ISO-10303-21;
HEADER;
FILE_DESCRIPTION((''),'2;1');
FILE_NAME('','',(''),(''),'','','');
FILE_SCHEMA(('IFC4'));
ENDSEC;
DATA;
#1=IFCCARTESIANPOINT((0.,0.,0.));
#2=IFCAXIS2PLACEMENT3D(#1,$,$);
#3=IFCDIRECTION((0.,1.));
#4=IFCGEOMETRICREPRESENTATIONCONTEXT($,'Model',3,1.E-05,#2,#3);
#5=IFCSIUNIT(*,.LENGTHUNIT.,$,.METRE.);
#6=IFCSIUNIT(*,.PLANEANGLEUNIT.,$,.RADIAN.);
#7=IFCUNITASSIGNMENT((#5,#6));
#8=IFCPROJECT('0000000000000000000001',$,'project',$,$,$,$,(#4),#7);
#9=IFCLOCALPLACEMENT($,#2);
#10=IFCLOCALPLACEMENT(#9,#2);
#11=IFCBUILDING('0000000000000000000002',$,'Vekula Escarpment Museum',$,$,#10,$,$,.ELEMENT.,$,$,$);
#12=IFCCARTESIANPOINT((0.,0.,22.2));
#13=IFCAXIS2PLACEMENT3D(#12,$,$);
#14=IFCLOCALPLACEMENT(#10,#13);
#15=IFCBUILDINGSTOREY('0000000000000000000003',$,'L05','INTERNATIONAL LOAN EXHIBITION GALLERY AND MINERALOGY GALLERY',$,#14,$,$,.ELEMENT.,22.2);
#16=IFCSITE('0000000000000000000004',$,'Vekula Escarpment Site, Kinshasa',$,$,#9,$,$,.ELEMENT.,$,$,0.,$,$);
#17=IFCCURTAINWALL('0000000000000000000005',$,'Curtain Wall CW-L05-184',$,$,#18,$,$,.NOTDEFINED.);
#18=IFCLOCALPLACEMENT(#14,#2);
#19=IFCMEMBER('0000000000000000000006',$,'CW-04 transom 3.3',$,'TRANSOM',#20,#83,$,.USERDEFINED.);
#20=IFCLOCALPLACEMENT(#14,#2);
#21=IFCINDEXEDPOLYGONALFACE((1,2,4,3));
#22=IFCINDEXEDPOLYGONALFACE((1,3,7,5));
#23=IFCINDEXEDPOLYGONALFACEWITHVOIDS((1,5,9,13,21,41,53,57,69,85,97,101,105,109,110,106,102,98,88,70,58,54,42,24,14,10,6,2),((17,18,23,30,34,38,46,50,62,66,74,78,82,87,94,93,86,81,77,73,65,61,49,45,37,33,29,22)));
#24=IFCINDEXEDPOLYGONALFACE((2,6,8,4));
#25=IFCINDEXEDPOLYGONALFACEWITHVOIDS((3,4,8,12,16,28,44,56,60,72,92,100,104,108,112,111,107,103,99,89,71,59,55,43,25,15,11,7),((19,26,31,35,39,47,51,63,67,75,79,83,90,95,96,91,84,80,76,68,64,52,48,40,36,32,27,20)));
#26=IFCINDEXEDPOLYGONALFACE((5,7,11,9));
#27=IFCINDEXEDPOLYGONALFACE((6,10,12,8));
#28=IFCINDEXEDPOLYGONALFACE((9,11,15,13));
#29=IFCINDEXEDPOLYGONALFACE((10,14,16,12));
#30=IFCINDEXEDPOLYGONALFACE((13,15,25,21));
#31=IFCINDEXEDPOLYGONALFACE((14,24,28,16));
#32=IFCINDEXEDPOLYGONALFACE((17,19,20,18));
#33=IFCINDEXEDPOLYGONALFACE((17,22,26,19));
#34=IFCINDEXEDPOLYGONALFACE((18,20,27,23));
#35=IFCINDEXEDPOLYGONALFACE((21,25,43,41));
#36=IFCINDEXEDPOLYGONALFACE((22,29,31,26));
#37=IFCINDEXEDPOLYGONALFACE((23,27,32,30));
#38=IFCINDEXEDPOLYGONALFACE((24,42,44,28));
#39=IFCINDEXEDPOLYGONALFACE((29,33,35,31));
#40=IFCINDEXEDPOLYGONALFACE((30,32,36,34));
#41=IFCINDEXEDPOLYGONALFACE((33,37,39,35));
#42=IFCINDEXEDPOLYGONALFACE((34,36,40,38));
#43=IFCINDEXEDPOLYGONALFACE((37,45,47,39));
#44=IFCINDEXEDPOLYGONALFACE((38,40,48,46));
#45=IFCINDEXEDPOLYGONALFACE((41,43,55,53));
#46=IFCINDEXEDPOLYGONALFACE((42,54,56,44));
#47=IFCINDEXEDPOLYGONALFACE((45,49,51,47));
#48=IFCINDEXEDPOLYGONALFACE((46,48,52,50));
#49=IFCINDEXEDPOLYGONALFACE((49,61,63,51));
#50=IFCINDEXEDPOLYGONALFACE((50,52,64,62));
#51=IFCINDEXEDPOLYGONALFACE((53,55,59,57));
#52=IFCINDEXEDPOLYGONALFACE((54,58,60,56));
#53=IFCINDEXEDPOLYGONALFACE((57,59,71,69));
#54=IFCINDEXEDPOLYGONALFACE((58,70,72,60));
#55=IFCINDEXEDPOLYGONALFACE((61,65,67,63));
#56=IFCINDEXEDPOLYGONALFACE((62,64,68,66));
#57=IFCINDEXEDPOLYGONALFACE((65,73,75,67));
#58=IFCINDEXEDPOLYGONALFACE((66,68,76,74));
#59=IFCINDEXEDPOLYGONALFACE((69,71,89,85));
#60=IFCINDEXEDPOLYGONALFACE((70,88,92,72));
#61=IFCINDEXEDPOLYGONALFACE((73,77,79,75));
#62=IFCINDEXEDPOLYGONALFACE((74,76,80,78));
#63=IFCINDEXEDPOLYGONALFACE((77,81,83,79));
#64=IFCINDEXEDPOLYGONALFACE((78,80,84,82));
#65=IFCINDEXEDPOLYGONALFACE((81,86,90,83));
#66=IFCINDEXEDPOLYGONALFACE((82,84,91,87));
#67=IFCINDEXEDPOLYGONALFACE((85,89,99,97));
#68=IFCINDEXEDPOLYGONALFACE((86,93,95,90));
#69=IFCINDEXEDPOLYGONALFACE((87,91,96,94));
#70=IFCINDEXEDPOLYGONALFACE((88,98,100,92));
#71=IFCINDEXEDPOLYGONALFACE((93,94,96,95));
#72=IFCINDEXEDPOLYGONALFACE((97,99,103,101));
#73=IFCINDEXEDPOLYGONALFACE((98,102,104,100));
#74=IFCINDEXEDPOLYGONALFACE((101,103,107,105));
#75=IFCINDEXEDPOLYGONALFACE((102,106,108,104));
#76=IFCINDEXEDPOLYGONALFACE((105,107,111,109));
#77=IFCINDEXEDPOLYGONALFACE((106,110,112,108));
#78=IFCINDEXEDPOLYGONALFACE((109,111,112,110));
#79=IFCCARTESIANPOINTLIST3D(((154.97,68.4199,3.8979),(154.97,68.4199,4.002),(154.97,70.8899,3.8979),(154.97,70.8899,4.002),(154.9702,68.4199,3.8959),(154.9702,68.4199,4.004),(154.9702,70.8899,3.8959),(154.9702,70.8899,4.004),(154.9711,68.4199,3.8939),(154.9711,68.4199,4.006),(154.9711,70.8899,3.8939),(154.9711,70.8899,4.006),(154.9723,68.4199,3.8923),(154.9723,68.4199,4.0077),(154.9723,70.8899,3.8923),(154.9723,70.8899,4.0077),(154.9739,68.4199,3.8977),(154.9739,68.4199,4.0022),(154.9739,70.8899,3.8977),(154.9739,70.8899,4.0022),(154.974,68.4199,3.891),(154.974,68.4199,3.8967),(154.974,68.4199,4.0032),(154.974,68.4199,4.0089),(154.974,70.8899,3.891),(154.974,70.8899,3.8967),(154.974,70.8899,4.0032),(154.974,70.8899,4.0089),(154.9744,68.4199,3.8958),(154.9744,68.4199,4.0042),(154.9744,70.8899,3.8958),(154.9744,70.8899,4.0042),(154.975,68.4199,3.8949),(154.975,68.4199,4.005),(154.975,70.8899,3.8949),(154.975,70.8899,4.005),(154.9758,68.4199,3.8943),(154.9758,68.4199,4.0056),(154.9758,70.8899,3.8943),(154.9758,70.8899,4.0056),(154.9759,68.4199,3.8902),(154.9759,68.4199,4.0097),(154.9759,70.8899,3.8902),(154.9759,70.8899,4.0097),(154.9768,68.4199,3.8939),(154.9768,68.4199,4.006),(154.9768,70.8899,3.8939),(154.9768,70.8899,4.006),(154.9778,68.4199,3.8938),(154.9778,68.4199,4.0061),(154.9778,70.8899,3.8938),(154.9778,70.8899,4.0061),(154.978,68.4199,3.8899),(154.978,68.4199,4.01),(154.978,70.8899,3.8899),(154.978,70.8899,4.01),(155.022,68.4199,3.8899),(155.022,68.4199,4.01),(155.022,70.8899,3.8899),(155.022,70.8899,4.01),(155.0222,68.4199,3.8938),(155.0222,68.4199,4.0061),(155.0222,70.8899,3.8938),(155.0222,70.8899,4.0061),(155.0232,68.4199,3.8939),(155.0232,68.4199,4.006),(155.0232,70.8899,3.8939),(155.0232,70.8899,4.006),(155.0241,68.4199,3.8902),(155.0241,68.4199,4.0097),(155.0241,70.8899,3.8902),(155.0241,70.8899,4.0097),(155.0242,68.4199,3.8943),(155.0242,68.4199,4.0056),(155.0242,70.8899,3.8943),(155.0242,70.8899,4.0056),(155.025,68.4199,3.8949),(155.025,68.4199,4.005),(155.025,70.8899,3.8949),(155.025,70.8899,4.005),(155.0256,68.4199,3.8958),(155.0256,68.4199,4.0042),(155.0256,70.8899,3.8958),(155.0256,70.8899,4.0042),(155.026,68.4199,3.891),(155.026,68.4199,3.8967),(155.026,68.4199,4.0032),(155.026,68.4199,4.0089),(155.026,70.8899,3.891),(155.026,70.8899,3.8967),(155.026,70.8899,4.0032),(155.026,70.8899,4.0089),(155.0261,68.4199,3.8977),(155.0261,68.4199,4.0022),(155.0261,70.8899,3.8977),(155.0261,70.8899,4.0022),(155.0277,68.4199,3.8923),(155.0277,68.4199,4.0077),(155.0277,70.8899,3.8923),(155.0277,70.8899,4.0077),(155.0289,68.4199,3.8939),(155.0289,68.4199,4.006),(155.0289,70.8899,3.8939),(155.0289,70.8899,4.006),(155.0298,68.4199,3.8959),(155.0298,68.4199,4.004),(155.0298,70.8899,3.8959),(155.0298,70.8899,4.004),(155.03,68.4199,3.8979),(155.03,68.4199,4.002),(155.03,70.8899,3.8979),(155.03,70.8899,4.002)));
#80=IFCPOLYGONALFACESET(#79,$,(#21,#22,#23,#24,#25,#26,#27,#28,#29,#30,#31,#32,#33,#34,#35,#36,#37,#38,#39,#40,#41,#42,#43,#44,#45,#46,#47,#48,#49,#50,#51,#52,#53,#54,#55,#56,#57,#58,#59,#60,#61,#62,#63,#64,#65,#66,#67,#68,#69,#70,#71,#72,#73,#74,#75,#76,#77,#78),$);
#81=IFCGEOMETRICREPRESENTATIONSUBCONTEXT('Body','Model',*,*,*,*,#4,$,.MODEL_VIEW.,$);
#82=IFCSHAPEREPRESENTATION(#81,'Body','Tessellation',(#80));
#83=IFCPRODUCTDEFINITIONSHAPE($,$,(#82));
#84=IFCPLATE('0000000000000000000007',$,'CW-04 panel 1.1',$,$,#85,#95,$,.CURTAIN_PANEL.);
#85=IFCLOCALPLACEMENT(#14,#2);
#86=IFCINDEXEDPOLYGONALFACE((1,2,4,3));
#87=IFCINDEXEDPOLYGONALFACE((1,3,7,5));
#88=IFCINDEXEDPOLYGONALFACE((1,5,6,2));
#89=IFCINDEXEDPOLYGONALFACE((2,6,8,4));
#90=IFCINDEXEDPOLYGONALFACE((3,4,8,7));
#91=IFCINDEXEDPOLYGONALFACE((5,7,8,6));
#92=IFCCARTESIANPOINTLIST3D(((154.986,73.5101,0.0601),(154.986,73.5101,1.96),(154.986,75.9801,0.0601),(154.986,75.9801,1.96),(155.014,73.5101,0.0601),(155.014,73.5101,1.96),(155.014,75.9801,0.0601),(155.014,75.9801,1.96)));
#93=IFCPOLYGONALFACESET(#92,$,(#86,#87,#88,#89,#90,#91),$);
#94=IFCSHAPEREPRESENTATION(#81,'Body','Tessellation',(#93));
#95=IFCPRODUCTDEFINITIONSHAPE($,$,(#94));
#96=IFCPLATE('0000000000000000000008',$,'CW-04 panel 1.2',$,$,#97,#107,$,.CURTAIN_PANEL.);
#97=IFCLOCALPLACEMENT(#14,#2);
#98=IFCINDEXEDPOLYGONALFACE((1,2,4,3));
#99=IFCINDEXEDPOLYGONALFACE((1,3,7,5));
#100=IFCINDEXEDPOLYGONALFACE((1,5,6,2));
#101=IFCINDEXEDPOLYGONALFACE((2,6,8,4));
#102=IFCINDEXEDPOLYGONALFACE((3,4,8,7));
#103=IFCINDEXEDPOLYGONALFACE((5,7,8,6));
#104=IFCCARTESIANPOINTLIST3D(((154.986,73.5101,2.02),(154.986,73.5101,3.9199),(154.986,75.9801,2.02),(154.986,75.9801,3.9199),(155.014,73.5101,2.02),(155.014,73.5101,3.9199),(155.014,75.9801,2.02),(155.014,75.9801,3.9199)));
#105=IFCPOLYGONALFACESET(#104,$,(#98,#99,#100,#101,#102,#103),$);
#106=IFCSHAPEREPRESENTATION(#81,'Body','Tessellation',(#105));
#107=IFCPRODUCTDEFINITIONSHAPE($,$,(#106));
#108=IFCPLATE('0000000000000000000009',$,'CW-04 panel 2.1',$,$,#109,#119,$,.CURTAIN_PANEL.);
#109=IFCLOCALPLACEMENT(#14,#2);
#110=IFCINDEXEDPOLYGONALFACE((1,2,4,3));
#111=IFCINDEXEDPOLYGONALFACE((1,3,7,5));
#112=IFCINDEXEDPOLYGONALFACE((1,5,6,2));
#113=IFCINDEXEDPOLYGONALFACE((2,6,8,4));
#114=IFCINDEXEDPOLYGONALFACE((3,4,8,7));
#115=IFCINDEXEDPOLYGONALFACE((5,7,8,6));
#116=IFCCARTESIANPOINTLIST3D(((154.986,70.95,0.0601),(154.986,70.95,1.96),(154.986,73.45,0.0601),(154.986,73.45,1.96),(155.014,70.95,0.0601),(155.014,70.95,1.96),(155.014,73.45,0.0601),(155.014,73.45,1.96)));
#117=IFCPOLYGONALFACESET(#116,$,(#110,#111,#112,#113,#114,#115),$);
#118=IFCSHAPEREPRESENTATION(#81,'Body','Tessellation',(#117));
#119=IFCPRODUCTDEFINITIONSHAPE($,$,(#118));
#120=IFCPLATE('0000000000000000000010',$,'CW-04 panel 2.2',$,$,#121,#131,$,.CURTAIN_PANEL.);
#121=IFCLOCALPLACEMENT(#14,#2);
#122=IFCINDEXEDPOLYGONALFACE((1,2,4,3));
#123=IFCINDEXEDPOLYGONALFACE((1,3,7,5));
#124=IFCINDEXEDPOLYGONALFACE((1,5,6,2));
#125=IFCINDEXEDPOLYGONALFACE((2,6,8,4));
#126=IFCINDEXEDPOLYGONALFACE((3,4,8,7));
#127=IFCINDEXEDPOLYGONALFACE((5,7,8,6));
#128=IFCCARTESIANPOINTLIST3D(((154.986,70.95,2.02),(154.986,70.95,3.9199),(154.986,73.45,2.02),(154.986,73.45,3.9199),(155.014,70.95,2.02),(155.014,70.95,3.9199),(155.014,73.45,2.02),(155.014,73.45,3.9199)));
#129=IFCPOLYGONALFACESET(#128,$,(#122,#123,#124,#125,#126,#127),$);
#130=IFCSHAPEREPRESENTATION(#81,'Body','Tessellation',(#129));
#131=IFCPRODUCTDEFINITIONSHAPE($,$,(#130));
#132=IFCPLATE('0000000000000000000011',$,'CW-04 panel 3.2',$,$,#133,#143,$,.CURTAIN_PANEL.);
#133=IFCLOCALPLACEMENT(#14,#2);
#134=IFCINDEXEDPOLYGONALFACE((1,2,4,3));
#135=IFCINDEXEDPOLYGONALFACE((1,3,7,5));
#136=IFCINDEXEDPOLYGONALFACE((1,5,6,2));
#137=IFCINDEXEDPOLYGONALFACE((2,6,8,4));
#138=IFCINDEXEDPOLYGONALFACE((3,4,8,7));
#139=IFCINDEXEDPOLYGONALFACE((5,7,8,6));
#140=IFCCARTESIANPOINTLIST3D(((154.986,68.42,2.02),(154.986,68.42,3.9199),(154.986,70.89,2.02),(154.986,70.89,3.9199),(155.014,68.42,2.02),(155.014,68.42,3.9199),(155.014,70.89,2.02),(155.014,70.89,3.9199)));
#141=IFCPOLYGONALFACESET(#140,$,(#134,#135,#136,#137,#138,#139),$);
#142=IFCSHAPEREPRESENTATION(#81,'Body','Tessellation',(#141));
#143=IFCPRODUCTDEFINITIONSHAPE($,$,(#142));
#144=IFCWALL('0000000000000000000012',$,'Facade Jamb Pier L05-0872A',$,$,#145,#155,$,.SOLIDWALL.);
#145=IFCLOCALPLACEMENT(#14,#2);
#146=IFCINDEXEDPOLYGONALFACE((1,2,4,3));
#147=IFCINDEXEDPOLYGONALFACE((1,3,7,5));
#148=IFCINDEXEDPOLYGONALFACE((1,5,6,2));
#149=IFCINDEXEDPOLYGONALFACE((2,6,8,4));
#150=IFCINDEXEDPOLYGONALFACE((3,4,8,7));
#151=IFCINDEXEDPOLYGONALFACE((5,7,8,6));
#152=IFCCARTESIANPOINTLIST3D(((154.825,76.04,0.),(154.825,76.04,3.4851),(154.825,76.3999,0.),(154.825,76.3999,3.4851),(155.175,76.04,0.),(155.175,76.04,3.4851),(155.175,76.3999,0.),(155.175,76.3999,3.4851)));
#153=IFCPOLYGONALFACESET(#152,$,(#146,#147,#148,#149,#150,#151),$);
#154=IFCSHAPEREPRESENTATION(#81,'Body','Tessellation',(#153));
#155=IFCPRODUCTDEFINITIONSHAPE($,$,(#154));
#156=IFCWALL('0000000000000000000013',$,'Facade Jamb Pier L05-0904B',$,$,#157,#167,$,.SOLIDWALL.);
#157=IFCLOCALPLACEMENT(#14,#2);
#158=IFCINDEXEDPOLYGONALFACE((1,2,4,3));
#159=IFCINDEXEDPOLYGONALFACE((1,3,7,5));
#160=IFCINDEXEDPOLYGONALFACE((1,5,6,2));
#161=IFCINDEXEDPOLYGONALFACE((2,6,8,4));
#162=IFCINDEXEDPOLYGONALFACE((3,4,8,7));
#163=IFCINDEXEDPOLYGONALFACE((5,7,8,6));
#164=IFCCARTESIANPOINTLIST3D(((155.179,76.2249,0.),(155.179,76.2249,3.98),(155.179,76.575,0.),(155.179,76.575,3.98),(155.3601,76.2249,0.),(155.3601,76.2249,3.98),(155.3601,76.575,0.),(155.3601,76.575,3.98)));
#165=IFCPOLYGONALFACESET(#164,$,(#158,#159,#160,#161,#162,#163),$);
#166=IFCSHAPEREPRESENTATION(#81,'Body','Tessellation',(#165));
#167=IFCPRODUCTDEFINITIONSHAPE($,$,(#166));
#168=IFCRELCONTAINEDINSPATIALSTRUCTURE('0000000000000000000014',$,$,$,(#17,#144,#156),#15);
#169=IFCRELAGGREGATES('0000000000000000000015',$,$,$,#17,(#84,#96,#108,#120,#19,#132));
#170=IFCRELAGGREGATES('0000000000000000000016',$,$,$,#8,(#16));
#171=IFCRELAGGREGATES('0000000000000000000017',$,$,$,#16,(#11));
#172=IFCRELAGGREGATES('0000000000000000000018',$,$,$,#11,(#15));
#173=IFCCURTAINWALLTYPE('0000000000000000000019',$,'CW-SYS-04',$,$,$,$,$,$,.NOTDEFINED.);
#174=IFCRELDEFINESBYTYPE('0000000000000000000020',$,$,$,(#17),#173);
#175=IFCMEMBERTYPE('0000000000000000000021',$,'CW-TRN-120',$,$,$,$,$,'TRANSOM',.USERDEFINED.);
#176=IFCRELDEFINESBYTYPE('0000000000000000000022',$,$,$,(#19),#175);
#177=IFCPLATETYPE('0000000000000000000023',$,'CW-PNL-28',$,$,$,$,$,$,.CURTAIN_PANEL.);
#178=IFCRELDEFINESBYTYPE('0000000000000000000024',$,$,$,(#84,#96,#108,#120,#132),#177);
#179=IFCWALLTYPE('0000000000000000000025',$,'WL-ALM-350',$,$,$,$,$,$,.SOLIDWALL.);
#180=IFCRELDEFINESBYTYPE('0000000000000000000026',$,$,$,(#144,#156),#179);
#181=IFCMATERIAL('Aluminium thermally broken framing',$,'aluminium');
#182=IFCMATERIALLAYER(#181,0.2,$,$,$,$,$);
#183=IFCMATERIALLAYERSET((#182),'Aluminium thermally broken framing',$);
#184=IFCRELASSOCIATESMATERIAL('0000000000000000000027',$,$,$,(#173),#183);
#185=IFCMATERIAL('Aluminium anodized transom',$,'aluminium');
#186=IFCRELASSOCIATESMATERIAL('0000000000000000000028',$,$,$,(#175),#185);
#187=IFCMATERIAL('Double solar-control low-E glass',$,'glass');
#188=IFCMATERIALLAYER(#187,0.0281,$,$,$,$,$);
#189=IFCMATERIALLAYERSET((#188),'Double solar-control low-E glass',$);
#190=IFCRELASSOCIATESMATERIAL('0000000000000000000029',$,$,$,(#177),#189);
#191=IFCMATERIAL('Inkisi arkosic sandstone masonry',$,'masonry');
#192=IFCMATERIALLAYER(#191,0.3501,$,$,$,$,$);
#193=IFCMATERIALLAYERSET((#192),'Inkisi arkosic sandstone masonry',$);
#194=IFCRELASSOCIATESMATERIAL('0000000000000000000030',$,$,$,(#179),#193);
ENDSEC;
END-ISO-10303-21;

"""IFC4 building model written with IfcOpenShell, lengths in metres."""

from ifc_helpers import new_model, si_unit, direction, frame, frame_2d, origin, origin_2d, place, context, subcontext, project, spatial, rectangle, hollow_rectangle, extrude, material, layer, layer_set, material_profile, profile_set, type_object, element, aggregate, save


model = new_model("IFC4")

# Units and contexts
model_context = context("Model", 3, precision=1e-05, world=origin(), true_north=direction((0.0, 1.0)))
body_context = subcontext(model_context, "Body", "Model", "MODEL_VIEW")
ifc_project = project(units=[si_unit("LENGTHUNIT", "METRE"), si_unit("PLANEANGLEUNIT", "RADIAN")], contexts=[model_context])

# Site, building, storey
site_placement = place(None, origin())
site = spatial("IfcSite", under=ifc_project, at=site_placement, Name="Vekula Escarpment Site, Kinshasa", CompositionType="ELEMENT", RefElevation=0.0)
building_placement = place(site_placement, origin())
building = spatial("IfcBuilding", under=site, at=building_placement, Name="Vekula Escarpment Museum", CompositionType="ELEMENT")
storey_placement = place(building_placement, frame((0.0, 0.0, 22.2)))
storey = spatial("IfcBuildingStorey", under=building, at=storey_placement, Name="L05", Description="INTERNATIONAL LOAN EXHIBITION GALLERY AND MINERALOGY GALLERY", CompositionType="ELEMENT", Elevation=22.2)

# Curtain wall, member, plates
ifc_material_1 = material(Name="Aluminium thermally broken framing", Category="aluminium")
ifc_layer_1 = layer(ifc_material_1, 0.2)
ifc_layer_set_1 = layer_set([ifc_layer_1], Name="Aluminium thermally broken framing")
curtain_wall_type = type_object("IfcCurtainWallType", Name="CW-SYS-04", PredefinedType="NOTDEFINED", material=ifc_layer_set_1)
curtain_wall_placement = place(storey_placement, origin())
curtain_wall = element("IfcCurtainWall", 1, at=curtain_wall_placement, inside=storey, type_object=curtain_wall_type, Name="Curtain Wall CW-L05-184", PredefinedType="NOTDEFINED")
ifc_material_2 = material(Name="Aluminium anodized transom", Category="aluminium")
ifc_material_profile_1 = material_profile(ifc_material_2, hollow_rectangle(XDim=0.0601, YDim=0.1201, WallThickness=0.0039, InnerFilletRadius=0.0039, OuterFilletRadius=0.0081, at=origin_2d()), Name="ALU 120x60x4")
ifc_profile_set_1 = profile_set([ifc_material_profile_1], Name="Aluminium anodized transom")
member_type_1 = type_object("IfcMemberType", Name="CW-TRN-120", ElementType="TRANSOM", PredefinedType="USERDEFINED", material=ifc_profile_set_1)
member_1_placement = place(storey_placement, frame((155.0, 70.8899, 3.95), z_axis=(0.0, -1.0, 0.0), x_axis=(1.0, 0.0, 0.0)))
member_1 = element("IfcMember", 2, at=member_1_placement, type_object=member_type_1, Name="CW-04 transom 3.3", ObjectType="TRANSOM", PredefinedType="USERDEFINED", context=body_context, shape_type="SweptSolid", body=[
    extrude(hollow_rectangle(XDim=0.0601, YDim=0.1201, WallThickness=0.0039, InnerFilletRadius=0.0039, OuterFilletRadius=0.0081, at=origin_2d()), origin(), (0.0, 0.0, 1.0), 2.47),
])
ifc_material_3 = material(Name="Double solar-control low-E glass", Category="glass")
ifc_layer_2 = layer(ifc_material_3, 0.0281)
ifc_layer_set_2 = layer_set([ifc_layer_2], Name="Double solar-control low-E glass")
plate_type = type_object("IfcPlateType", Name="CW-PNL-28", PredefinedType="CURTAIN_PANEL", material=ifc_layer_set_2)
plate_1_placement = place(storey_placement, frame((155.0, 74.7451, 0.0601), z_axis=(0.0, 0.0, 1.0), x_axis=(0.0, -1.0, 0.0)))
plate_1 = element("IfcPlate", 3, at=plate_1_placement, type_object=plate_type, Name="CW-04 panel 1.1", PredefinedType="CURTAIN_PANEL", context=body_context, shape_type="SweptSolid", body=[
    extrude(rectangle(XDim=2.47, YDim=0.0281, at=origin_2d()), origin(), (0.0, 0.0, 1.0), 1.8999),
])
plate_2_placement = place(storey_placement, frame((155.0, 74.7451, 2.02), z_axis=(0.0, 0.0, 1.0), x_axis=(0.0, -1.0, 0.0)))
plate_2 = element("IfcPlate", 4, at=plate_2_placement, type_object=plate_type, Name="CW-04 panel 1.2", PredefinedType="CURTAIN_PANEL", context=body_context, shape_type="SweptSolid", body=[
    extrude(rectangle(XDim=2.47, YDim=0.0281, at=origin_2d()), origin(), (0.0, 0.0, 1.0), 1.8999),
])
plate_3_placement = place(storey_placement, frame((155.0, 72.2, 0.0601), z_axis=(0.0, 0.0, 1.0), x_axis=(0.0, -1.0, 0.0)))
plate_3 = element("IfcPlate", 5, at=plate_3_placement, type_object=plate_type, Name="CW-04 panel 2.1", PredefinedType="CURTAIN_PANEL", context=body_context, shape_type="SweptSolid", body=[
    extrude(rectangle(XDim=2.5, YDim=0.0281, at=origin_2d()), origin(), (0.0, 0.0, 1.0), 1.8999),
])
plate_4_placement = place(storey_placement, frame((155.0, 72.2, 2.02), z_axis=(0.0, 0.0, 1.0), x_axis=(0.0, -1.0, 0.0)))
plate_4 = element("IfcPlate", 6, at=plate_4_placement, type_object=plate_type, Name="CW-04 panel 2.2", PredefinedType="CURTAIN_PANEL", context=body_context, shape_type="SweptSolid", body=[
    extrude(rectangle(XDim=2.5, YDim=0.0281, at=origin_2d()), origin(), (0.0, 0.0, 1.0), 1.8999),
])
plate_5_placement = place(storey_placement, frame((155.0, 69.655, 2.02), z_axis=(0.0, 0.0, 1.0), x_axis=(0.0, -1.0, 0.0)))
plate_5 = element("IfcPlate", 7, at=plate_5_placement, type_object=plate_type, Name="CW-04 panel 3.2", PredefinedType="CURTAIN_PANEL", context=body_context, shape_type="SweptSolid", body=[
    extrude(rectangle(XDim=2.47, YDim=0.0281, at=origin_2d()), origin(), (0.0, 0.0, 1.0), 1.8999),
])
aggregate(curtain_wall, [plate_1, plate_2, plate_3, plate_4, member_1, plate_5])

# Walls
ifc_material_4 = material(Name="Inkisi arkosic sandstone masonry", Category="masonry")
ifc_layer_3 = layer(ifc_material_4, 0.3501)
ifc_layer_set_3 = layer_set([ifc_layer_3], Name="Inkisi arkosic sandstone masonry")
wall_type_1 = type_object("IfcWallType", Name="WL-ALM-350", PredefinedType="SOLIDWALL", material=ifc_layer_set_3)
wall_1_placement = place(storey_placement, frame((155.0, 76.3999, 0.0), z_axis=(0.0, 0.0, 1.0), x_axis=(0.0, -1.0, 0.0)))
element("IfcWall", 8, at=wall_1_placement, inside=storey, type_object=wall_type_1, Name="Facade Jamb Pier L05-0872A", PredefinedType="SOLIDWALL", context=body_context, shape_type="SweptSolid", body=[
    extrude(rectangle(XDim=0.3599, YDim=0.3501, at=frame_2d((0.1799, 0.0))), origin(), (0.0, 0.0, 1.0), 3.4851),
])
wall_2_placement = place(storey_placement, frame((155.3601, 76.3999, 0.0), z_axis=(0.0, 0.0, 1.0), x_axis=(-1.0, 0.0, 0.0)))
element("IfcWall", 9, at=wall_2_placement, inside=storey, type_object=wall_type_1, Name="Facade Jamb Pier L05-0904B", PredefinedType="SOLIDWALL", context=body_context, shape_type="SweptSolid", body=[
    extrude(rectangle(XDim=0.1812, YDim=0.3501, at=frame_2d((0.0906, 0.0))), origin(), (0.0, 0.0, 1.0), 3.98),
])

save(model, "model.ifc")
